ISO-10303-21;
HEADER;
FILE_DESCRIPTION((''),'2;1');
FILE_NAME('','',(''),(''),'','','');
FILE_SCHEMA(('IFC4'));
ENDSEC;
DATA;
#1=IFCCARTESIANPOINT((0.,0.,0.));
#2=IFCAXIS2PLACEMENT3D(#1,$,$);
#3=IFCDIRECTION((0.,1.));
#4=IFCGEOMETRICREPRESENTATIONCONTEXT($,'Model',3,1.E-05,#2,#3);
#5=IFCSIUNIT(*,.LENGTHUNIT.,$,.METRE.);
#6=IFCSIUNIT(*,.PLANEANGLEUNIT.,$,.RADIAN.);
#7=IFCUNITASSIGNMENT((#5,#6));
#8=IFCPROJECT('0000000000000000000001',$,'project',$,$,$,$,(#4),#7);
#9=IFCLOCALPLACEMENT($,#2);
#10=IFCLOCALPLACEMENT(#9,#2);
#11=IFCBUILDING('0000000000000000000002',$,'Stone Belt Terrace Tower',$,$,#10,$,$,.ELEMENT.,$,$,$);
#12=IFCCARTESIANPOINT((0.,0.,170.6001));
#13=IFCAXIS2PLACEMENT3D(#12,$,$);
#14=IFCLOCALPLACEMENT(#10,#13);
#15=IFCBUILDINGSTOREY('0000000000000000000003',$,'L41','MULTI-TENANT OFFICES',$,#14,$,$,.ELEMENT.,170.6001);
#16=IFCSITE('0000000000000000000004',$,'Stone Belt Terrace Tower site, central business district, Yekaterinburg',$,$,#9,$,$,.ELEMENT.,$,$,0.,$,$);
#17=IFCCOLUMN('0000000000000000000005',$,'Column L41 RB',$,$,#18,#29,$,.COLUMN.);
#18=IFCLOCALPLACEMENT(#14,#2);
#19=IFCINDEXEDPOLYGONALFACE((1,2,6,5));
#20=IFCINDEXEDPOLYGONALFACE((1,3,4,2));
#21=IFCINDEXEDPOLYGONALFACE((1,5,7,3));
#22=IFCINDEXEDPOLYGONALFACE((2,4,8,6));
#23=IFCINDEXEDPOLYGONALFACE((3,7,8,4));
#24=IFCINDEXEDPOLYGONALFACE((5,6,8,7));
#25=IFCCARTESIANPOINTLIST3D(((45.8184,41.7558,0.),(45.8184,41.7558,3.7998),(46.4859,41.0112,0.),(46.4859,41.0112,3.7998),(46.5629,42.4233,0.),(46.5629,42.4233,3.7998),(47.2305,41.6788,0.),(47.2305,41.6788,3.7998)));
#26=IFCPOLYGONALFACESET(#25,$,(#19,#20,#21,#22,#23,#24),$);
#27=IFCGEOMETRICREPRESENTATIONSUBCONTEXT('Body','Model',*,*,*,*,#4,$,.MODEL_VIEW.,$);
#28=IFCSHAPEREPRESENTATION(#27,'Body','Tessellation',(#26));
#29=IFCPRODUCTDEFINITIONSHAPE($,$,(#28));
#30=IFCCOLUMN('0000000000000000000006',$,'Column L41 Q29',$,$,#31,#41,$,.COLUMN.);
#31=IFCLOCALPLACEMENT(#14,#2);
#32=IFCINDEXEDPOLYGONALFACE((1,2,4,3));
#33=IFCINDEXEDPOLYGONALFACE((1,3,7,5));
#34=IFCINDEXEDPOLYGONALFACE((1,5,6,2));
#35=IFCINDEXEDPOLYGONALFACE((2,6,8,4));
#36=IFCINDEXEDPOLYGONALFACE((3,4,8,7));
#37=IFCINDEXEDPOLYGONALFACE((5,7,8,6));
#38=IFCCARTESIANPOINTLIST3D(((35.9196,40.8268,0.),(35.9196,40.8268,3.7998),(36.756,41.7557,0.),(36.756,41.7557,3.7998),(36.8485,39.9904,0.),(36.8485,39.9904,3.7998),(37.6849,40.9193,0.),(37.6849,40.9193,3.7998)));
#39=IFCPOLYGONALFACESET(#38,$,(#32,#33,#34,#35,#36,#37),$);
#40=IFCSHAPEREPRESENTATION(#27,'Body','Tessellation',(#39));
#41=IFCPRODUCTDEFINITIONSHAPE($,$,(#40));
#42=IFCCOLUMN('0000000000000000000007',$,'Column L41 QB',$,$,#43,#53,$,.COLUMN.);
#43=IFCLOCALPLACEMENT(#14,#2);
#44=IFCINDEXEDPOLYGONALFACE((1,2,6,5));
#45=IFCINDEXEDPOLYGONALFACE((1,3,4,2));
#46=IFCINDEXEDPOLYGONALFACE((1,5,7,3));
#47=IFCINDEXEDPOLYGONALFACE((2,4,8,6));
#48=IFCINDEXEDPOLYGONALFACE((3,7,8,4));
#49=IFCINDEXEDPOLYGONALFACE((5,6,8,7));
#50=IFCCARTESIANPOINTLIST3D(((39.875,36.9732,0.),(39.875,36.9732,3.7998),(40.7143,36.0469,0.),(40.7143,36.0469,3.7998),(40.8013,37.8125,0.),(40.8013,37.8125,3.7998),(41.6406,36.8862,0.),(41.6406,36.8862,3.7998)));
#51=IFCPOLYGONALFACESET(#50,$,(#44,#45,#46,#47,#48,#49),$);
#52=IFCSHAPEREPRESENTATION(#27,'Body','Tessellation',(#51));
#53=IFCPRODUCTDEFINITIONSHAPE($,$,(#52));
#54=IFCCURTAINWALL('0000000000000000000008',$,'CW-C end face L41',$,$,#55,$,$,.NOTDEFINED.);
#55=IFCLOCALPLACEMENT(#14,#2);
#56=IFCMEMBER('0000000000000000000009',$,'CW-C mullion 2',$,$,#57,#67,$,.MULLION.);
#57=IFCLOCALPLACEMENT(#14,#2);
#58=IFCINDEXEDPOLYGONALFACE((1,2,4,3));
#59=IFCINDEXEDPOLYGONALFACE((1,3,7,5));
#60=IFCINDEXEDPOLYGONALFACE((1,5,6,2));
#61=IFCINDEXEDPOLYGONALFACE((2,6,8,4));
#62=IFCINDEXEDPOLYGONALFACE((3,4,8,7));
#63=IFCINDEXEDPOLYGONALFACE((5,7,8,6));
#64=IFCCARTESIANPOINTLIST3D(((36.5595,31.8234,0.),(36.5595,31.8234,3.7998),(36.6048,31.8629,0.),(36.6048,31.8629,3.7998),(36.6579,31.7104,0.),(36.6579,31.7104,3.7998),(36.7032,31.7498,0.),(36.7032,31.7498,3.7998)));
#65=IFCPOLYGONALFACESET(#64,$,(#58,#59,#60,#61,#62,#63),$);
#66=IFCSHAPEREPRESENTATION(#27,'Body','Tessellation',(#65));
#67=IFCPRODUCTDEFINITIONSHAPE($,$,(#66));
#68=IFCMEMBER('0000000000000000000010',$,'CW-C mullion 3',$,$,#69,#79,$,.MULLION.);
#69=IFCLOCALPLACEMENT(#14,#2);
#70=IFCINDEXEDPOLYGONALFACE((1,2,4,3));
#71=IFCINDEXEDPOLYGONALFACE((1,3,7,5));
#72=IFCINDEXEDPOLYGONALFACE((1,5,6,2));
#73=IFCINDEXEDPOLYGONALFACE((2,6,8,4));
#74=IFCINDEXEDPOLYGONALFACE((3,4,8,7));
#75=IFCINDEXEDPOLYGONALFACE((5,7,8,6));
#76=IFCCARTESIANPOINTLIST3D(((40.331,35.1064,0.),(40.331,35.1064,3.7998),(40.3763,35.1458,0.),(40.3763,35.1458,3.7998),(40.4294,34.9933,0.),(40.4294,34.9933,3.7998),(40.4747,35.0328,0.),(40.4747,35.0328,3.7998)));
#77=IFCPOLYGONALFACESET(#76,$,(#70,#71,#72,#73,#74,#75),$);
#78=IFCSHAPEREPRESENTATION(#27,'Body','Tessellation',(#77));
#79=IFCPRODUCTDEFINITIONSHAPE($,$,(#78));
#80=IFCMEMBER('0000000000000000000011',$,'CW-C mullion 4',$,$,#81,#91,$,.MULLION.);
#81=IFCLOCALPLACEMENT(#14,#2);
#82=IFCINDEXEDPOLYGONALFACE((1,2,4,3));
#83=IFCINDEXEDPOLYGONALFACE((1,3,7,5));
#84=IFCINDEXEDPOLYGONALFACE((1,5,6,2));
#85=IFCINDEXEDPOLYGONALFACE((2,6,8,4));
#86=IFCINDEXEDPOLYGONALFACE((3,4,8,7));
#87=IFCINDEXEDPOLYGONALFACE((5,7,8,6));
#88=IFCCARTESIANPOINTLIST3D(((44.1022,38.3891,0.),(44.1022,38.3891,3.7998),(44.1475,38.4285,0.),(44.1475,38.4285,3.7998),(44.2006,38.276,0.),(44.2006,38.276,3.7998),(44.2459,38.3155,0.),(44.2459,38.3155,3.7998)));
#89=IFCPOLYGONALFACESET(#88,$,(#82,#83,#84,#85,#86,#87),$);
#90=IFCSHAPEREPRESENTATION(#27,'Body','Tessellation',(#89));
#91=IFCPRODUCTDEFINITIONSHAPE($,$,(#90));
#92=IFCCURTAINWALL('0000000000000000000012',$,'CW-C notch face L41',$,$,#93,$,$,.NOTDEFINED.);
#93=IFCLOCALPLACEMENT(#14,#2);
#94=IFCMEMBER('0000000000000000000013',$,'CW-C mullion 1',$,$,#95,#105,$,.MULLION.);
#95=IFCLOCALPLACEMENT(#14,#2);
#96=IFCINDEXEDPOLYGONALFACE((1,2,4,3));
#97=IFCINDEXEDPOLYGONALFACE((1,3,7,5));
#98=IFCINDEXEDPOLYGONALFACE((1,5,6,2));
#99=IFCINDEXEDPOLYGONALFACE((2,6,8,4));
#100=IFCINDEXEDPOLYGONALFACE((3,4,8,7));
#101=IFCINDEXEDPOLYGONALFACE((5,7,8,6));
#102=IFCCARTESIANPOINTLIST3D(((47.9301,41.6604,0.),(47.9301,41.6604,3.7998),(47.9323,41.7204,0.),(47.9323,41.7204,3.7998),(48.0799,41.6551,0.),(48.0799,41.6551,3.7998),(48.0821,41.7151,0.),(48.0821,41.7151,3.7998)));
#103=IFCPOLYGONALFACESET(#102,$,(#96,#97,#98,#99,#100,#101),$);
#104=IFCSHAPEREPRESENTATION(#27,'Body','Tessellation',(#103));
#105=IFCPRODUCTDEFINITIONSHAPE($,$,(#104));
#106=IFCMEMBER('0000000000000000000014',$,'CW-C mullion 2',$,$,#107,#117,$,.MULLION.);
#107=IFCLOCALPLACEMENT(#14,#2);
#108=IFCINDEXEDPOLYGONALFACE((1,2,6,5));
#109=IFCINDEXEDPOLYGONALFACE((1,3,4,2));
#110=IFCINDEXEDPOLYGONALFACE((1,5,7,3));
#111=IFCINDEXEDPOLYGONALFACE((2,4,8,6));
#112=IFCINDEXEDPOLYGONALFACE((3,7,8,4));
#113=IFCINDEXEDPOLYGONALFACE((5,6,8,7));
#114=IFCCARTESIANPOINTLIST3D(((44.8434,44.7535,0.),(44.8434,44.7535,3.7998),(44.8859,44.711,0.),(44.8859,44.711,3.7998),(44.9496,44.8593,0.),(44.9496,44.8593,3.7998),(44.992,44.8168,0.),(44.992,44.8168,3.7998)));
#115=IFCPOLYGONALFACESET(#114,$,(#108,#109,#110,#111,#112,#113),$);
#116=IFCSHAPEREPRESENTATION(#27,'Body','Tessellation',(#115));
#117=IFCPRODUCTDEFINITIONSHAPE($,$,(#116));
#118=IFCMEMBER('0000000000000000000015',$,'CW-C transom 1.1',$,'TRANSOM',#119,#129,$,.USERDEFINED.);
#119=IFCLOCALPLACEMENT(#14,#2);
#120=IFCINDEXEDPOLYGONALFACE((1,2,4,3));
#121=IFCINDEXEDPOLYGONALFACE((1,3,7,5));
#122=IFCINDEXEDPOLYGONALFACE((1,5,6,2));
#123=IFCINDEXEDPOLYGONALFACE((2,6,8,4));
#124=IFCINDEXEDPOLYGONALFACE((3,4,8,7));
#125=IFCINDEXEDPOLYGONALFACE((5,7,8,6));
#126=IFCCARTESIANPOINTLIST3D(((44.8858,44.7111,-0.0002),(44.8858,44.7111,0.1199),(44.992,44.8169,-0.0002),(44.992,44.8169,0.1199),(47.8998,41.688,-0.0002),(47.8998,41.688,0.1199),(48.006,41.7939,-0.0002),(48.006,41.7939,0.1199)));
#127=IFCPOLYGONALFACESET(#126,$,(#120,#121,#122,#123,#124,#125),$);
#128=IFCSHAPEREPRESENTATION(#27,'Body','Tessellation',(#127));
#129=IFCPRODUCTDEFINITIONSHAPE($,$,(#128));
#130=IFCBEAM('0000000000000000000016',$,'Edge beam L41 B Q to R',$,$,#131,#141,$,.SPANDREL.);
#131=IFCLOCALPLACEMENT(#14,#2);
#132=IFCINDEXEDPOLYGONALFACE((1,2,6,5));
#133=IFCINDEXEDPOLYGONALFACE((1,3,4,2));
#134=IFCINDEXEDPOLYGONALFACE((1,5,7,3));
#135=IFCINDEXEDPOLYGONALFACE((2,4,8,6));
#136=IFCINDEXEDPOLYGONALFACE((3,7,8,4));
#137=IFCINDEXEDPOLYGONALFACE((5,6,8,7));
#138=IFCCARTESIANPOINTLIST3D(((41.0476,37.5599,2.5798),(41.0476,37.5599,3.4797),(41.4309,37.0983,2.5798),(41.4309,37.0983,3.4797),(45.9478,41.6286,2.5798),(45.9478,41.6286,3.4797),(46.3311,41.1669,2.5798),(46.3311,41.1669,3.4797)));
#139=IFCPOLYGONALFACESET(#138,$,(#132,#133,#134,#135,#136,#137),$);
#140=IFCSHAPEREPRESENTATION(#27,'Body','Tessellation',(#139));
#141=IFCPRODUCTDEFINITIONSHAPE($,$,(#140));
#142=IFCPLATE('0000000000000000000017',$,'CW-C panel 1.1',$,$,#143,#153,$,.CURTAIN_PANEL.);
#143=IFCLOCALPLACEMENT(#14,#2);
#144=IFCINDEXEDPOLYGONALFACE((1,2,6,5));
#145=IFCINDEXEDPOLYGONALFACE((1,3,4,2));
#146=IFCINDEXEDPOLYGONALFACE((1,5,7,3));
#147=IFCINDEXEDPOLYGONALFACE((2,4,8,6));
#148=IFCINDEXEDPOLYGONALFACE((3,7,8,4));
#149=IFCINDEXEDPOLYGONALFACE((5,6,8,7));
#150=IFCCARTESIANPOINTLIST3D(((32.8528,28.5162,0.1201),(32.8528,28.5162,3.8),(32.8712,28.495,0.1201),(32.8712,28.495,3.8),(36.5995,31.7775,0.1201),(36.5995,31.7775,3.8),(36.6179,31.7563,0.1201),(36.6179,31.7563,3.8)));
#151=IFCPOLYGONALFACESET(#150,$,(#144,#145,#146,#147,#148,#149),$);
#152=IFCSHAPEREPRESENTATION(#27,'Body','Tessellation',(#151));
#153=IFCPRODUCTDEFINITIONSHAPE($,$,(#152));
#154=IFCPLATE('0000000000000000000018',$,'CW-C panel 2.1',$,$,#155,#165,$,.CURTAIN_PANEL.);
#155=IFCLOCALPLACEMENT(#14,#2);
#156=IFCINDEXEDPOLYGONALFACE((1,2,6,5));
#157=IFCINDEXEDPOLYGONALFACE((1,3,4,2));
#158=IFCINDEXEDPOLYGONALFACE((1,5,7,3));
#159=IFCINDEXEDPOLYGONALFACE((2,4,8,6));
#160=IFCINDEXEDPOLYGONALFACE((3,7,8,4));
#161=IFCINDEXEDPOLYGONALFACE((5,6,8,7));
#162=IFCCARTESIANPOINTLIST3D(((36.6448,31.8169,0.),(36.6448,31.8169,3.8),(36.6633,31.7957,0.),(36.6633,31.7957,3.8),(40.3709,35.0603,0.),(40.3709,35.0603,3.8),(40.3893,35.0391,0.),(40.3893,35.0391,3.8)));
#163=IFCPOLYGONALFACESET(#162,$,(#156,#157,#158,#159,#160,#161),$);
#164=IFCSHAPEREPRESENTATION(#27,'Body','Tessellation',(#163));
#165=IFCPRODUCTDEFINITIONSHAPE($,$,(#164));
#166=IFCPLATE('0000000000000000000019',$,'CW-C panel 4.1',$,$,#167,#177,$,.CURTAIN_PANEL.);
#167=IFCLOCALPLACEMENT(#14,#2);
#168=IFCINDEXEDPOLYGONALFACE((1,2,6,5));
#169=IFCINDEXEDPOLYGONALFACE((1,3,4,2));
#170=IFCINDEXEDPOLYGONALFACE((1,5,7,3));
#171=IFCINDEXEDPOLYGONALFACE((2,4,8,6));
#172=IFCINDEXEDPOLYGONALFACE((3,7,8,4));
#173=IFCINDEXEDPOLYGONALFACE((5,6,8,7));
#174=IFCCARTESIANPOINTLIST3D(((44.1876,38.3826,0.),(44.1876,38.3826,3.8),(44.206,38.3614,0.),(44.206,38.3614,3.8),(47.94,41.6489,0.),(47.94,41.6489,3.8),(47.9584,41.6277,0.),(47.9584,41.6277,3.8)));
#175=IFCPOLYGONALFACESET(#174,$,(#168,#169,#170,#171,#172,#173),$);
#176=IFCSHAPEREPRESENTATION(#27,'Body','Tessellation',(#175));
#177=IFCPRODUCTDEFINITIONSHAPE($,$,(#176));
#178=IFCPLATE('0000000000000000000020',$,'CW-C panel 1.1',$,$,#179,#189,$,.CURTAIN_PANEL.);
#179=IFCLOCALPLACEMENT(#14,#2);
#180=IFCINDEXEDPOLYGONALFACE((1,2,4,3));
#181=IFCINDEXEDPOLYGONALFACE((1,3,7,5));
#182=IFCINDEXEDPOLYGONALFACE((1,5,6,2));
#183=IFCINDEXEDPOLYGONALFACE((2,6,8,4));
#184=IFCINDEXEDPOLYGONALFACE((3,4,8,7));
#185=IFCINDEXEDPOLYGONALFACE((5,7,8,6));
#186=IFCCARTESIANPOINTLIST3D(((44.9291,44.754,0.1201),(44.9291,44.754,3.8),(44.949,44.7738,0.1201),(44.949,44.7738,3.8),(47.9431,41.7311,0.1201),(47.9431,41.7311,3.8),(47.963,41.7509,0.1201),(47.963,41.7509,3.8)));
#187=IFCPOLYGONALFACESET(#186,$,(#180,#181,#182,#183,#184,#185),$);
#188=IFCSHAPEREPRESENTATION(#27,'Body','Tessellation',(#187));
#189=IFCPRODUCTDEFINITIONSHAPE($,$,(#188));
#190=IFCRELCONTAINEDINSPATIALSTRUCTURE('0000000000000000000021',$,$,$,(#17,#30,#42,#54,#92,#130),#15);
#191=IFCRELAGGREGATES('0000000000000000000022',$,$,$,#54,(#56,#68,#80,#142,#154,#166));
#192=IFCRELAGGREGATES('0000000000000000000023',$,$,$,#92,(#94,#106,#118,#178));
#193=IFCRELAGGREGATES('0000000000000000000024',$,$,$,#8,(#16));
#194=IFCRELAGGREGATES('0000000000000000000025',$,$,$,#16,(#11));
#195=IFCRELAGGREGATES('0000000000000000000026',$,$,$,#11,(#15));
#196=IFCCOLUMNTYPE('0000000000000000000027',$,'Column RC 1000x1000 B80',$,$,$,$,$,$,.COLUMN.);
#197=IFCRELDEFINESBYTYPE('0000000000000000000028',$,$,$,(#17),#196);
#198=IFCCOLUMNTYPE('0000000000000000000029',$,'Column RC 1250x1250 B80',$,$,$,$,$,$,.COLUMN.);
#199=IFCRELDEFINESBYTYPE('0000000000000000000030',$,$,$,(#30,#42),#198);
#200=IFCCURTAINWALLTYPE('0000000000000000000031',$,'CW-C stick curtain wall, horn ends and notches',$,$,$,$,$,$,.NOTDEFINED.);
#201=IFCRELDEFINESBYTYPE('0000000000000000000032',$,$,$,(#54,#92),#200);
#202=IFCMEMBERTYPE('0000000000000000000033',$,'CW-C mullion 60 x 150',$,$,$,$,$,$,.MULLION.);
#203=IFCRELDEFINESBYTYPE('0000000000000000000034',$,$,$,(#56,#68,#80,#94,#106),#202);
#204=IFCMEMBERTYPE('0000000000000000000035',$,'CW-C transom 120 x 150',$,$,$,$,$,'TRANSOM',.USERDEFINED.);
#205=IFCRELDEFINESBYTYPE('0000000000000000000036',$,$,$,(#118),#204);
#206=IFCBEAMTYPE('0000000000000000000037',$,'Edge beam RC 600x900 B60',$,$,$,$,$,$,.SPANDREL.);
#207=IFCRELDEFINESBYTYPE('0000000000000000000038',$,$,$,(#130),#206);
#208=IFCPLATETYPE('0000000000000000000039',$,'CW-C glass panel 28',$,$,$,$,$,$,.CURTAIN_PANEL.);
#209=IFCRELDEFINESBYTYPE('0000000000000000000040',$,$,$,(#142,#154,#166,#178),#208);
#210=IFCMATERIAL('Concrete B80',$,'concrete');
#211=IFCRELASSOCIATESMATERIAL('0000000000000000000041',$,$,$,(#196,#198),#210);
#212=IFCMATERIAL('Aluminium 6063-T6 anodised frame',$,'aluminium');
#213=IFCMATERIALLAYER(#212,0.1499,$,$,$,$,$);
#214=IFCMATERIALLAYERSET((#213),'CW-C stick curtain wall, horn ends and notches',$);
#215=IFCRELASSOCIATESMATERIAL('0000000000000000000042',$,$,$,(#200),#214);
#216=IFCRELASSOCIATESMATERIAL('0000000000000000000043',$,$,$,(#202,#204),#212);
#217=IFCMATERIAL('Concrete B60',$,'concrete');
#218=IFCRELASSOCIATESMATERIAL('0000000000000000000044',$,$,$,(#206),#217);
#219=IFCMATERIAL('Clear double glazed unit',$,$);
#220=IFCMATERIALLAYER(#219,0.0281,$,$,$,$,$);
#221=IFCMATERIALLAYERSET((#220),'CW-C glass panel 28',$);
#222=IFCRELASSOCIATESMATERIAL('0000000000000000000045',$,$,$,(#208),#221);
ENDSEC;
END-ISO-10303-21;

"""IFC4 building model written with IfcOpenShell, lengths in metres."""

from ifc_helpers import new_model, si_unit, direction, frame, origin, origin_2d, place, context, subcontext, project, spatial, rectangle, extrude, material, layer, layer_set, material_profile, profile_set, type_object, element, aggregate, save


model = new_model("IFC4")

# Units and contexts
model_context = context("Model", 3, precision=1e-05, world=origin(), true_north=direction((0.0, 1.0)))
body_context = subcontext(model_context, "Body", "Model", "MODEL_VIEW")
ifc_project = project(units=[si_unit("LENGTHUNIT", "METRE"), si_unit("PLANEANGLEUNIT", "RADIAN")], contexts=[model_context])

# Site, building, storey
site_placement = place(None, origin())
site = spatial("IfcSite", under=ifc_project, at=site_placement, Name="Stone Belt Terrace Tower site, central business district, Yekaterinburg", CompositionType="ELEMENT", RefElevation=0.0)
building_placement = place(site_placement, origin())
building = spatial("IfcBuilding", under=site, at=building_placement, Name="Stone Belt Terrace Tower", CompositionType="ELEMENT")
storey_placement = place(building_placement, frame((0.0, 0.0, 170.6001)))
storey = spatial("IfcBuildingStorey", under=building, at=storey_placement, Name="L41", Description="MULTI-TENANT OFFICES", CompositionType="ELEMENT", Elevation=170.6001)

# Columns
ifc_material_1 = material(Name="Concrete B80", Category="concrete")
ifc_material_profile_1 = material_profile(ifc_material_1, rectangle(XDim=1.0, YDim=1.0, at=origin_2d()), Name="RC 1000x1000")
ifc_profile_set_1 = profile_set([ifc_material_profile_1], Name="Concrete B80")
column_type_1 = type_object("IfcColumnType", Name="Column RC 1000x1000 B80", PredefinedType="COLUMN", material=ifc_profile_set_1)
column_placement = place(storey_placement, frame((46.5244, 41.7173, 0.0), z_axis=(0.0, 0.0, 1.0), x_axis=(0.667595, -0.744525, 0.0)))
element("IfcColumn", 1, at=column_placement, inside=storey, type_object=column_type_1, Name="Column L41 RB", PredefinedType="COLUMN", context=body_context, shape_type="SweptSolid", body=[
    extrude(rectangle(XDim=1.0, YDim=1.0, at=origin_2d()), origin(), (0.0, 0.0, 1.0), 3.7998),
])
ifc_material_profile_2 = material_profile(ifc_material_1, rectangle(XDim=1.25, YDim=1.25, at=origin_2d()), Name="RC 1250x1250")
ifc_profile_set_2 = profile_set([ifc_material_profile_2], Name="Concrete B80")
column_type_2 = type_object("IfcColumnType", Name="Column RC 1250x1250 B80", PredefinedType="COLUMN", material=ifc_profile_set_2)
for number, where, z_axis, x_axis, name in (
    (2, (36.8022, 40.873, 0.0), (0.0, 0.0, 1.0), (0.743145, -0.669131, 0.0), "Column L41 Q29"),
    (3, (40.7578, 36.9297, 0.0), (0.0, 0.0, 1.0), (0.671448, -0.741052, 0.0), "Column L41 QB"),
):
    element("IfcColumn", number, at=place(storey_placement, frame(where, z_axis=z_axis, x_axis=x_axis)), inside=storey, type_object=column_type_2, Name=name, PredefinedType="COLUMN", context=body_context, shape_type="SweptSolid", body=[
        extrude(rectangle(XDim=1.25, YDim=1.25, at=origin_2d()), origin(), (0.0, 0.0, 1.0), 3.7998),
    ])

# Curtain walls, members
ifc_material_2 = material(Name="Aluminium 6063-T6 anodised frame", Category="aluminium")
ifc_layer_1 = layer(ifc_material_2, 0.1499)
ifc_layer_set_1 = layer_set([ifc_layer_1], Name="CW-C stick curtain wall, horn ends and notches")
curtain_wall_type = type_object("IfcCurtainWallType", Name="CW-C stick curtain wall, horn ends and notches", PredefinedType="NOTDEFINED", material=ifc_layer_set_1)
curtain_wall_1_placement = place(storey_placement, origin())
curtain_wall_1 = element("IfcCurtainWall", 4, at=curtain_wall_1_placement, inside=storey, type_object=curtain_wall_type, Name="CW-C end face L41", PredefinedType="NOTDEFINED")
ifc_material_profile_3 = material_profile(ifc_material_2, rectangle(XDim=0.1499, YDim=0.0601, at=origin_2d()), Name="Aluminium 6063-T6 60x150")
ifc_profile_set_3 = profile_set([ifc_material_profile_3], Name="Aluminium 6063-T6 anodised frame")
member_type_1 = type_object("IfcMemberType", Name="CW-C mullion 60 x 150", PredefinedType="MULLION", material=ifc_profile_set_3)
member_1_placement = place(storey_placement, frame((36.6313, 31.7866, 0.0), z_axis=(0.0, 0.0, 1.0), x_axis=(-0.656561, 0.754273, 0.0)))
member_1 = element("IfcMember", 5, at=member_1_placement, type_object=member_type_1, Name="CW-C mullion 2", PredefinedType="MULLION", context=body_context, shape_type="SweptSolid", body=[
    extrude(rectangle(XDim=0.1499, YDim=0.0601, at=origin_2d()), origin(), (0.0, 0.0, 1.0), 3.7998),
])
member_2_placement = place(storey_placement, frame((40.4028, 35.0696, 0.0), z_axis=(0.0, 0.0, 1.0), x_axis=(-0.656561, 0.754273, 0.0)))
member_2 = element("IfcMember", 6, at=member_2_placement, type_object=member_type_1, Name="CW-C mullion 3", PredefinedType="MULLION", context=body_context, shape_type="SweptSolid", body=[
    extrude(rectangle(XDim=0.1499, YDim=0.0601, at=origin_2d()), origin(), (0.0, 0.0, 1.0), 3.7998),
])
member_3_placement = place(storey_placement, frame((44.1741, 38.3523, 0.0), z_axis=(0.0, 0.0, 1.0), x_axis=(-0.656561, 0.754273, 0.0)))
member_3 = element("IfcMember", 7, at=member_3_placement, type_object=member_type_1, Name="CW-C mullion 4", PredefinedType="MULLION", context=body_context, shape_type="SweptSolid", body=[
    extrude(rectangle(XDim=0.1499, YDim=0.0601, at=origin_2d()), origin(), (0.0, 0.0, 1.0), 3.7998),
])
curtain_wall_2_placement = place(storey_placement, origin())
curtain_wall_2 = element("IfcCurtainWall", 8, at=curtain_wall_2_placement, inside=storey, type_object=curtain_wall_type, Name="CW-C notch face L41", PredefinedType="NOTDEFINED")
member_4_placement = place(storey_placement, frame((48.0061, 41.6877, 0.0), z_axis=(0.0, 0.0, 1.0), x_axis=(-0.999377, 0.035305, 0.0)))
member_4 = element("IfcMember", 9, at=member_4_placement, type_object=member_type_1, Name="CW-C mullion 1", PredefinedType="MULLION", context=body_context, shape_type="SweptSolid", body=[
    extrude(rectangle(XDim=0.1499, YDim=0.0601, at=origin_2d()), origin(), (0.0, 0.0, 1.0), 3.7998),
])
member_5_placement = place(storey_placement, frame((44.9177, 44.7852, 0.0), z_axis=(0.0, 0.0, 1.0), x_axis=(-0.708151, -0.706061, 0.0)))
member_5 = element("IfcMember", 10, at=member_5_placement, type_object=member_type_1, Name="CW-C mullion 2", PredefinedType="MULLION", context=body_context, shape_type="SweptSolid", body=[
    extrude(rectangle(XDim=0.1499, YDim=0.0601, at=origin_2d()), origin(), (0.0, 0.0, 1.0), 3.7998),
])
ifc_material_profile_4 = material_profile(ifc_material_2, rectangle(XDim=0.1499, YDim=0.1201, at=origin_2d()), Name="Aluminium 6063-T6 150x120")
ifc_profile_set_4 = profile_set([ifc_material_profile_4], Name="Aluminium 6063-T6 anodised frame")
member_type_2 = type_object("IfcMemberType", Name="CW-C transom 120 x 150", ElementType="TRANSOM", PredefinedType="USERDEFINED", material=ifc_profile_set_4)
member_6_placement = place(storey_placement, frame((47.9529, 41.741, 0.0598), z_axis=(-0.706048, 0.708164, 0.0), x_axis=(-0.708164, -0.706048, 0.0)))
member_6 = element("IfcMember", 11, at=member_6_placement, type_object=member_type_2, Name="CW-C transom 1.1", ObjectType="TRANSOM", PredefinedType="USERDEFINED", context=body_context, shape_type="SweptSolid", body=[
    extrude(rectangle(XDim=0.1499, YDim=0.1201, at=origin_2d()), origin(), (0.0, 0.0, 1.0), 4.2688),
])

# Beam
ifc_material_3 = material(Name="Concrete B60", Category="concrete")
ifc_material_profile_5 = material_profile(ifc_material_3, rectangle(XDim=0.6001, YDim=0.8999, at=origin_2d()), Name="RC 600x900")
ifc_profile_set_5 = profile_set([ifc_material_profile_5], Name="Concrete B60")
beam_type = type_object("IfcBeamType", Name="Edge beam RC 600x900 B60", PredefinedType="SPANDREL", material=ifc_profile_set_5)
beam_placement = place(storey_placement, frame((41.2393, 37.3291, 3.0298), z_axis=(0.769367, 0.638807, 0.0), x_axis=(-0.638807, 0.769367, 0.0)))
element("IfcBeam", 12, at=beam_placement, inside=storey, type_object=beam_type, Name="Edge beam L41 B Q to R", PredefinedType="SPANDREL", context=body_context, shape_type="SweptSolid", body=[
    extrude(rectangle(XDim=0.6001, YDim=0.8999, at=origin_2d()), origin(), (0.0, 0.0, 1.0), 6.3691),
])

# Plates
ifc_material_4 = material(Name="Clear double glazed unit")
ifc_layer_2 = layer(ifc_material_4, 0.0281)
ifc_layer_set_2 = layer_set([ifc_layer_2], Name="CW-C glass panel 28")
plate_type = type_object("IfcPlateType", Name="CW-C glass panel 28", PredefinedType="CURTAIN_PANEL", material=ifc_layer_set_2)
plate_1_placement = place(storey_placement, frame((34.7354, 30.1362, 0.1201), z_axis=(0.0, 0.0, 1.0), x_axis=(0.754273, 0.656561, 0.0)))
plate_1 = element("IfcPlate", 13, at=plate_1_placement, type_object=plate_type, Name="CW-C panel 1.1", PredefinedType="CURTAIN_PANEL", context=body_context, shape_type="SweptSolid", body=[
    extrude(rectangle(XDim=4.9673, YDim=0.0281, at=origin_2d()), origin(), (0.0, 0.0, 1.0), 3.6799),
])
plate_2_placement = place(storey_placement, frame((38.5171, 33.428, 0.0), z_axis=(0.0, 0.0, 1.0), x_axis=(0.754273, 0.656561, 0.0)))
plate_2 = element("IfcPlate", 14, at=plate_2_placement, type_object=plate_type, Name="CW-C panel 2.1", PredefinedType="CURTAIN_PANEL", context=body_context, shape_type="SweptSolid", body=[
    extrude(rectangle(XDim=4.9399, YDim=0.0281, at=origin_2d()), origin(), (0.0, 0.0, 1.0), 3.8),
])
plate_3_placement = place(storey_placement, frame((46.073, 40.0051, 0.0), z_axis=(0.0, 0.0, 1.0), x_axis=(0.754273, 0.656561, 0.0)))
plate_3 = element("IfcPlate", 15, at=plate_3_placement, type_object=plate_type, Name="CW-C panel 4.1", PredefinedType="CURTAIN_PANEL", context=body_context, shape_type="SweptSolid", body=[
    extrude(rectangle(XDim=4.9749, YDim=0.0281, at=origin_2d()), origin(), (0.0, 0.0, 1.0), 3.8),
])
aggregate(curtain_wall_1, [member_1, member_2, member_3, plate_1, plate_2, plate_3])
plate_4_placement = place(storey_placement, frame((46.446, 43.2524, 0.1201), z_axis=(0.0, 0.0, 1.0), x_axis=(-0.706061, 0.708151, 0.0)))
plate_4 = element("IfcPlate", 16, at=plate_4_placement, type_object=plate_type, Name="CW-C panel 1.1", PredefinedType="CURTAIN_PANEL", context=body_context, shape_type="SweptSolid", body=[
    extrude(rectangle(XDim=4.2688, YDim=0.0281, at=origin_2d()), origin(), (0.0, 0.0, 1.0), 3.6799),
])
aggregate(curtain_wall_2, [member_4, member_5, member_6, plate_4])

save(model, "model.ifc")
